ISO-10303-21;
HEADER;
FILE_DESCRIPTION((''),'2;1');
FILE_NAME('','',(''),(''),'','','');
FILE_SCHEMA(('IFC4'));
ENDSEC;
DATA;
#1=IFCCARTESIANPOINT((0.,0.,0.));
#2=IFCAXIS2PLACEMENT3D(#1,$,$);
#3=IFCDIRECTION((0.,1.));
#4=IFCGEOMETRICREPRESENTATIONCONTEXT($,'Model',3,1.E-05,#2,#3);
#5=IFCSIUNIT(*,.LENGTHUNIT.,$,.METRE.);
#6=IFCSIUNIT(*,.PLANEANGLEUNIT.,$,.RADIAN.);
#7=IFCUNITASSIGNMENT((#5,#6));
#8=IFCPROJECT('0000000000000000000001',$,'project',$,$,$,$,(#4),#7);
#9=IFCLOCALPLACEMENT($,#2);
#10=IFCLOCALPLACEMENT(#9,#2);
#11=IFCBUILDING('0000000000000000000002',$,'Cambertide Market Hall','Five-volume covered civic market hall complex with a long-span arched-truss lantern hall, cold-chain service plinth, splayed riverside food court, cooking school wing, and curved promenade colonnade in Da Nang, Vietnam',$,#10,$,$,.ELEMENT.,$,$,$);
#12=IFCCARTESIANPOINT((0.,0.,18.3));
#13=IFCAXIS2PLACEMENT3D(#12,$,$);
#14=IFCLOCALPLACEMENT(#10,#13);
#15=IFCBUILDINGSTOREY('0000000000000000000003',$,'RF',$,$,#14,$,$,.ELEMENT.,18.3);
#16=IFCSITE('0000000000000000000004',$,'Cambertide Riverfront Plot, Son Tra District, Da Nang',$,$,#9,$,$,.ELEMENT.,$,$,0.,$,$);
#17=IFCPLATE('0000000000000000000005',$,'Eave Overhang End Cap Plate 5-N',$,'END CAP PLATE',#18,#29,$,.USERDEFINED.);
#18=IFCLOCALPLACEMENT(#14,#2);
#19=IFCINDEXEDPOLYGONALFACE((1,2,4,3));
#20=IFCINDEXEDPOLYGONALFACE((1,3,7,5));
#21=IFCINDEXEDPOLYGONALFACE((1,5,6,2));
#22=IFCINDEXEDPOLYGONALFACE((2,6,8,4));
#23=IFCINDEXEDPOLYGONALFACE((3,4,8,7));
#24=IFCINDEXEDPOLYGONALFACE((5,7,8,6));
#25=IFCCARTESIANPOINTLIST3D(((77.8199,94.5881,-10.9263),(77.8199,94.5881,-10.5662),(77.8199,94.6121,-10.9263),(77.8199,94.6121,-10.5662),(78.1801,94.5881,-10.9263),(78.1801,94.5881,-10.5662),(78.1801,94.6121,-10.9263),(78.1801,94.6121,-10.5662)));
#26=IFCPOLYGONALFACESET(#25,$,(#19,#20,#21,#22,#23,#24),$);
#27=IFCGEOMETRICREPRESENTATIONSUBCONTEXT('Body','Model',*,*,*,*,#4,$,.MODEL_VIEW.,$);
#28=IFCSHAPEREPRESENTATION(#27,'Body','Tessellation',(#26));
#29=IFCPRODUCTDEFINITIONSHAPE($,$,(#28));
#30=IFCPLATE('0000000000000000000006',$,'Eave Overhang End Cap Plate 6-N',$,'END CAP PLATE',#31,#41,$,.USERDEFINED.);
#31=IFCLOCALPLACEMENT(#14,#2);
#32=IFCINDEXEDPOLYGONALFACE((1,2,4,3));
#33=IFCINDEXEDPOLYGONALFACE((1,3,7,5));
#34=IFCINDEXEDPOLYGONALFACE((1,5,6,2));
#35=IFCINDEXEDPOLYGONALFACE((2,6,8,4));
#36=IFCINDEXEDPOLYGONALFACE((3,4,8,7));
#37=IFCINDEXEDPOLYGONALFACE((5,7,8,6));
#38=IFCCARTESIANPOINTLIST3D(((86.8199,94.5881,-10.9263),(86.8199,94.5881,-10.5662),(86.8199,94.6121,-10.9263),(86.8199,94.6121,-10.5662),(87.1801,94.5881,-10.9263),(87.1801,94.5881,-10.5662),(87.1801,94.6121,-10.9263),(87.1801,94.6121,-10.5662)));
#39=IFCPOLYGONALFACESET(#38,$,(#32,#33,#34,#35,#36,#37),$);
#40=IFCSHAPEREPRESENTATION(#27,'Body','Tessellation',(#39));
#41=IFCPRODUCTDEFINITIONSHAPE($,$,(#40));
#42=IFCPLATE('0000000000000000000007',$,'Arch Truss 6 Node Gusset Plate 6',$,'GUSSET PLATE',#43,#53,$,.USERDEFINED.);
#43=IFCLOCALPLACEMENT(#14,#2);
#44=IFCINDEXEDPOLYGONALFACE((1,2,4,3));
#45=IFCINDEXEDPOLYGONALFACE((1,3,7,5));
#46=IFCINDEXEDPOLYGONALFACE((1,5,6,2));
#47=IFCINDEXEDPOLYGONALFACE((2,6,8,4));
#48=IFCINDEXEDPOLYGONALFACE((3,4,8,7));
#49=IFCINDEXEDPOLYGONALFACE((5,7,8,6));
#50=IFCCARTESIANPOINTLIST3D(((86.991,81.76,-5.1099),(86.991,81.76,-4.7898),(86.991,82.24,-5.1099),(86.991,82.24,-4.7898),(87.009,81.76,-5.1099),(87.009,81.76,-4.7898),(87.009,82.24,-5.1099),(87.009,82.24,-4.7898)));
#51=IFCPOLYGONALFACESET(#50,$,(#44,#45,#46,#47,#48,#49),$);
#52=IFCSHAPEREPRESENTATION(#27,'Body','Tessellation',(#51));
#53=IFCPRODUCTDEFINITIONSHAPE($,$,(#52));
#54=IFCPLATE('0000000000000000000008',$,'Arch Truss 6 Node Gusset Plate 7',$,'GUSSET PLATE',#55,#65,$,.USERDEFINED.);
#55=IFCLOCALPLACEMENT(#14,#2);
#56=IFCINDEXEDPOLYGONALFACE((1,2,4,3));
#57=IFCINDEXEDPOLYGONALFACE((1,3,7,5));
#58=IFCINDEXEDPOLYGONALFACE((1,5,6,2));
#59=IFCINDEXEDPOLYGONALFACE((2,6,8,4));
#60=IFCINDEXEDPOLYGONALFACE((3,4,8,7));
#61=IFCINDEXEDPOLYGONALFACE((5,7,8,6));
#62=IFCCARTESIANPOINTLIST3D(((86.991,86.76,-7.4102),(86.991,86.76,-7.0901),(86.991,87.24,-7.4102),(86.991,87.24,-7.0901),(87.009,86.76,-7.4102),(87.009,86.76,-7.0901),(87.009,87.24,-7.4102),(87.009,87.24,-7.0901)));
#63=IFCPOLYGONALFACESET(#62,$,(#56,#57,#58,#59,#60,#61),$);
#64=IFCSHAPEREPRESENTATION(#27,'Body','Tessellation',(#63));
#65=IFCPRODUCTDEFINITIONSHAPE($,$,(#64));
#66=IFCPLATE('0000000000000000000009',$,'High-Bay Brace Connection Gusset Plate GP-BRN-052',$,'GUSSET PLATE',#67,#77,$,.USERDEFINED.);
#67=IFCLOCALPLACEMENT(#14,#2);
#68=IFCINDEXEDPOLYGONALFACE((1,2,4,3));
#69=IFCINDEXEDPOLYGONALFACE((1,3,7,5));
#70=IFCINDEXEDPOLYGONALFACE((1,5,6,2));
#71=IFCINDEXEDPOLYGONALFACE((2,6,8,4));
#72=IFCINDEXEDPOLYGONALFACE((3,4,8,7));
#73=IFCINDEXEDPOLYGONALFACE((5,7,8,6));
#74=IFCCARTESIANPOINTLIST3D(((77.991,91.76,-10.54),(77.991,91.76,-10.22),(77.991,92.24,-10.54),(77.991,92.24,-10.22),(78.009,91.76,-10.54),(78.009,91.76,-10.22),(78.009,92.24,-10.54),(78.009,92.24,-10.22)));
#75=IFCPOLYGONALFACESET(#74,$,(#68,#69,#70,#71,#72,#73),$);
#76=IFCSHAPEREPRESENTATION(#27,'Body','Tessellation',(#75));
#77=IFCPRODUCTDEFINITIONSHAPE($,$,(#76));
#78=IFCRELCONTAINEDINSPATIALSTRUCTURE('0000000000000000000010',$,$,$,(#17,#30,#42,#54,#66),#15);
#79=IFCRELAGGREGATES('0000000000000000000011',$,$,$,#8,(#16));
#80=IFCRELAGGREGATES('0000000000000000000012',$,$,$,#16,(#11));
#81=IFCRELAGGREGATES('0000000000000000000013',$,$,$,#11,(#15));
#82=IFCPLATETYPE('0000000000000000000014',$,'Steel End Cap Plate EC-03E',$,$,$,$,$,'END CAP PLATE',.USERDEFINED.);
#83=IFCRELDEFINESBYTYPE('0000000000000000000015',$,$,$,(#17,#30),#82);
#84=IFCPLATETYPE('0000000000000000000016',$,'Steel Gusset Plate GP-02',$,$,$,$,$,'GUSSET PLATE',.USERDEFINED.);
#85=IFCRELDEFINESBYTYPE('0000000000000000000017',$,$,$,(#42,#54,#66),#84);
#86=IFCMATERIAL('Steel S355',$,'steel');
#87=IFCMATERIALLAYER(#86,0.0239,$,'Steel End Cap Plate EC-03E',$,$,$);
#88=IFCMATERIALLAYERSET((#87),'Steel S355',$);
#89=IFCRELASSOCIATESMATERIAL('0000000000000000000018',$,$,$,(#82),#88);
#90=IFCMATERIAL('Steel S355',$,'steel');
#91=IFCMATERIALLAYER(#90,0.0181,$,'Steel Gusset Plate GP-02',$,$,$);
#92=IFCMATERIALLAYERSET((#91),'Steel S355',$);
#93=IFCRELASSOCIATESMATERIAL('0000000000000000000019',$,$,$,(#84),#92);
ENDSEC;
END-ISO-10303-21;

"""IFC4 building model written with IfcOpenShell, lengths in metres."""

from ifc_helpers import new_model, si_unit, direction, frame, origin, origin_2d, place, context, subcontext, project, spatial, rectangle, extrude, material, layer, layer_set, type_object, element, save


model = new_model("IFC4")

# Units and contexts
model_context = context("Model", 3, precision=1e-05, world=origin(), true_north=direction((0.0, 1.0)))
body_context = subcontext(model_context, "Body", "Model", "MODEL_VIEW")
ifc_project = project(units=[si_unit("LENGTHUNIT", "METRE"), si_unit("PLANEANGLEUNIT", "RADIAN")], contexts=[model_context])

# Site, building, storey
site_placement = place(None, origin())
site = spatial("IfcSite", under=ifc_project, at=site_placement, Name="Cambertide Riverfront Plot, Son Tra District, Da Nang", CompositionType="ELEMENT", RefElevation=0.0)
building_placement = place(site_placement, origin())
building = spatial("IfcBuilding", under=site, at=building_placement, Name="Cambertide Market Hall", Description="Five-volume covered civic market hall complex with a long-span arched-truss lantern hall, cold-chain service plinth, splayed riverside food court, cooking school wing, and curved promenade colonnade in Da Nang, Vietnam", CompositionType="ELEMENT")
storey_placement = place(building_placement, frame((0.0, 0.0, 18.3)))
storey = spatial("IfcBuildingStorey", under=building, at=storey_placement, Name="RF", CompositionType="ELEMENT", Elevation=18.3)

# Plates
ifc_material_1 = material(Name="Steel S355", Category="steel")
ifc_layer_1 = layer(ifc_material_1, 0.0239, Name="Steel End Cap Plate EC-03E")
ifc_layer_set_1 = layer_set([ifc_layer_1], Name="Steel S355")
plate_type_1 = type_object("IfcPlateType", Name="Steel End Cap Plate EC-03E", ElementType="END CAP PLATE", PredefinedType="USERDEFINED", material=ifc_layer_set_1)
for number, where, z_axis, x_axis, name in (
    (1, (78.0, 94.6001, -10.9263), (0.0, 0.0, 1.0), (1.0, 0.0, 0.0), "Eave Overhang End Cap Plate 5-N"),
    (2, (87.0, 94.6001, -10.9263), (0.0, 0.0, 1.0), (1.0, 0.0, 0.0), "Eave Overhang End Cap Plate 6-N"),
):
    element("IfcPlate", number, at=place(storey_placement, frame(where, z_axis=z_axis, x_axis=x_axis)), inside=storey, type_object=plate_type_1, Name=name, ObjectType="END CAP PLATE", PredefinedType="USERDEFINED", context=body_context, shape_type="SweptSolid", body=[
        extrude(rectangle(XDim=0.3601, YDim=0.0239, at=origin_2d()), origin(), (0.0, 0.0, 1.0), 0.3601),
    ])
ifc_material_2 = material(Name="Steel S355", Category="steel")
ifc_layer_2 = layer(ifc_material_2, 0.0181, Name="Steel Gusset Plate GP-02")
ifc_layer_set_2 = layer_set([ifc_layer_2], Name="Steel S355")
plate_type_2 = type_object("IfcPlateType", Name="Steel Gusset Plate GP-02", ElementType="GUSSET PLATE", PredefinedType="USERDEFINED", material=ifc_layer_set_2)
for number, where, z_axis, x_axis, name in (
    (3, (87.0, 82.0, -5.1099), (0.0, 0.0, 1.0), (1.0, 0.0, 0.0), "Arch Truss 6 Node Gusset Plate 6"),
    (4, (87.0, 87.0, -7.4102), (0.0, 0.0, 1.0), (1.0, 0.0, 0.0), "Arch Truss 6 Node Gusset Plate 7"),
):
    element("IfcPlate", number, at=place(storey_placement, frame(where, z_axis=z_axis, x_axis=x_axis)), inside=storey, type_object=plate_type_2, Name=name, ObjectType="GUSSET PLATE", PredefinedType="USERDEFINED", context=body_context, shape_type="SweptSolid", body=[
        extrude(rectangle(XDim=0.0181, YDim=0.48, at=origin_2d()), origin(), (0.0, 0.0, 1.0), 0.3201),
    ])
plate_1_placement = place(storey_placement, frame((78.0, 92.0, -10.54), z_axis=(0.0, 0.0, 1.0), x_axis=(0.0, 1.0, 0.0)))
element("IfcPlate", 5, at=plate_1_placement, inside=storey, type_object=plate_type_2, Name="High-Bay Brace Connection Gusset Plate GP-BRN-052", ObjectType="GUSSET PLATE", PredefinedType="USERDEFINED", context=body_context, shape_type="SweptSolid", body=[
    extrude(rectangle(XDim=0.48, YDim=0.0181, at=origin_2d()), origin(), (0.0, 0.0, 1.0), 0.3201),
])

save(model, "model.ifc")
